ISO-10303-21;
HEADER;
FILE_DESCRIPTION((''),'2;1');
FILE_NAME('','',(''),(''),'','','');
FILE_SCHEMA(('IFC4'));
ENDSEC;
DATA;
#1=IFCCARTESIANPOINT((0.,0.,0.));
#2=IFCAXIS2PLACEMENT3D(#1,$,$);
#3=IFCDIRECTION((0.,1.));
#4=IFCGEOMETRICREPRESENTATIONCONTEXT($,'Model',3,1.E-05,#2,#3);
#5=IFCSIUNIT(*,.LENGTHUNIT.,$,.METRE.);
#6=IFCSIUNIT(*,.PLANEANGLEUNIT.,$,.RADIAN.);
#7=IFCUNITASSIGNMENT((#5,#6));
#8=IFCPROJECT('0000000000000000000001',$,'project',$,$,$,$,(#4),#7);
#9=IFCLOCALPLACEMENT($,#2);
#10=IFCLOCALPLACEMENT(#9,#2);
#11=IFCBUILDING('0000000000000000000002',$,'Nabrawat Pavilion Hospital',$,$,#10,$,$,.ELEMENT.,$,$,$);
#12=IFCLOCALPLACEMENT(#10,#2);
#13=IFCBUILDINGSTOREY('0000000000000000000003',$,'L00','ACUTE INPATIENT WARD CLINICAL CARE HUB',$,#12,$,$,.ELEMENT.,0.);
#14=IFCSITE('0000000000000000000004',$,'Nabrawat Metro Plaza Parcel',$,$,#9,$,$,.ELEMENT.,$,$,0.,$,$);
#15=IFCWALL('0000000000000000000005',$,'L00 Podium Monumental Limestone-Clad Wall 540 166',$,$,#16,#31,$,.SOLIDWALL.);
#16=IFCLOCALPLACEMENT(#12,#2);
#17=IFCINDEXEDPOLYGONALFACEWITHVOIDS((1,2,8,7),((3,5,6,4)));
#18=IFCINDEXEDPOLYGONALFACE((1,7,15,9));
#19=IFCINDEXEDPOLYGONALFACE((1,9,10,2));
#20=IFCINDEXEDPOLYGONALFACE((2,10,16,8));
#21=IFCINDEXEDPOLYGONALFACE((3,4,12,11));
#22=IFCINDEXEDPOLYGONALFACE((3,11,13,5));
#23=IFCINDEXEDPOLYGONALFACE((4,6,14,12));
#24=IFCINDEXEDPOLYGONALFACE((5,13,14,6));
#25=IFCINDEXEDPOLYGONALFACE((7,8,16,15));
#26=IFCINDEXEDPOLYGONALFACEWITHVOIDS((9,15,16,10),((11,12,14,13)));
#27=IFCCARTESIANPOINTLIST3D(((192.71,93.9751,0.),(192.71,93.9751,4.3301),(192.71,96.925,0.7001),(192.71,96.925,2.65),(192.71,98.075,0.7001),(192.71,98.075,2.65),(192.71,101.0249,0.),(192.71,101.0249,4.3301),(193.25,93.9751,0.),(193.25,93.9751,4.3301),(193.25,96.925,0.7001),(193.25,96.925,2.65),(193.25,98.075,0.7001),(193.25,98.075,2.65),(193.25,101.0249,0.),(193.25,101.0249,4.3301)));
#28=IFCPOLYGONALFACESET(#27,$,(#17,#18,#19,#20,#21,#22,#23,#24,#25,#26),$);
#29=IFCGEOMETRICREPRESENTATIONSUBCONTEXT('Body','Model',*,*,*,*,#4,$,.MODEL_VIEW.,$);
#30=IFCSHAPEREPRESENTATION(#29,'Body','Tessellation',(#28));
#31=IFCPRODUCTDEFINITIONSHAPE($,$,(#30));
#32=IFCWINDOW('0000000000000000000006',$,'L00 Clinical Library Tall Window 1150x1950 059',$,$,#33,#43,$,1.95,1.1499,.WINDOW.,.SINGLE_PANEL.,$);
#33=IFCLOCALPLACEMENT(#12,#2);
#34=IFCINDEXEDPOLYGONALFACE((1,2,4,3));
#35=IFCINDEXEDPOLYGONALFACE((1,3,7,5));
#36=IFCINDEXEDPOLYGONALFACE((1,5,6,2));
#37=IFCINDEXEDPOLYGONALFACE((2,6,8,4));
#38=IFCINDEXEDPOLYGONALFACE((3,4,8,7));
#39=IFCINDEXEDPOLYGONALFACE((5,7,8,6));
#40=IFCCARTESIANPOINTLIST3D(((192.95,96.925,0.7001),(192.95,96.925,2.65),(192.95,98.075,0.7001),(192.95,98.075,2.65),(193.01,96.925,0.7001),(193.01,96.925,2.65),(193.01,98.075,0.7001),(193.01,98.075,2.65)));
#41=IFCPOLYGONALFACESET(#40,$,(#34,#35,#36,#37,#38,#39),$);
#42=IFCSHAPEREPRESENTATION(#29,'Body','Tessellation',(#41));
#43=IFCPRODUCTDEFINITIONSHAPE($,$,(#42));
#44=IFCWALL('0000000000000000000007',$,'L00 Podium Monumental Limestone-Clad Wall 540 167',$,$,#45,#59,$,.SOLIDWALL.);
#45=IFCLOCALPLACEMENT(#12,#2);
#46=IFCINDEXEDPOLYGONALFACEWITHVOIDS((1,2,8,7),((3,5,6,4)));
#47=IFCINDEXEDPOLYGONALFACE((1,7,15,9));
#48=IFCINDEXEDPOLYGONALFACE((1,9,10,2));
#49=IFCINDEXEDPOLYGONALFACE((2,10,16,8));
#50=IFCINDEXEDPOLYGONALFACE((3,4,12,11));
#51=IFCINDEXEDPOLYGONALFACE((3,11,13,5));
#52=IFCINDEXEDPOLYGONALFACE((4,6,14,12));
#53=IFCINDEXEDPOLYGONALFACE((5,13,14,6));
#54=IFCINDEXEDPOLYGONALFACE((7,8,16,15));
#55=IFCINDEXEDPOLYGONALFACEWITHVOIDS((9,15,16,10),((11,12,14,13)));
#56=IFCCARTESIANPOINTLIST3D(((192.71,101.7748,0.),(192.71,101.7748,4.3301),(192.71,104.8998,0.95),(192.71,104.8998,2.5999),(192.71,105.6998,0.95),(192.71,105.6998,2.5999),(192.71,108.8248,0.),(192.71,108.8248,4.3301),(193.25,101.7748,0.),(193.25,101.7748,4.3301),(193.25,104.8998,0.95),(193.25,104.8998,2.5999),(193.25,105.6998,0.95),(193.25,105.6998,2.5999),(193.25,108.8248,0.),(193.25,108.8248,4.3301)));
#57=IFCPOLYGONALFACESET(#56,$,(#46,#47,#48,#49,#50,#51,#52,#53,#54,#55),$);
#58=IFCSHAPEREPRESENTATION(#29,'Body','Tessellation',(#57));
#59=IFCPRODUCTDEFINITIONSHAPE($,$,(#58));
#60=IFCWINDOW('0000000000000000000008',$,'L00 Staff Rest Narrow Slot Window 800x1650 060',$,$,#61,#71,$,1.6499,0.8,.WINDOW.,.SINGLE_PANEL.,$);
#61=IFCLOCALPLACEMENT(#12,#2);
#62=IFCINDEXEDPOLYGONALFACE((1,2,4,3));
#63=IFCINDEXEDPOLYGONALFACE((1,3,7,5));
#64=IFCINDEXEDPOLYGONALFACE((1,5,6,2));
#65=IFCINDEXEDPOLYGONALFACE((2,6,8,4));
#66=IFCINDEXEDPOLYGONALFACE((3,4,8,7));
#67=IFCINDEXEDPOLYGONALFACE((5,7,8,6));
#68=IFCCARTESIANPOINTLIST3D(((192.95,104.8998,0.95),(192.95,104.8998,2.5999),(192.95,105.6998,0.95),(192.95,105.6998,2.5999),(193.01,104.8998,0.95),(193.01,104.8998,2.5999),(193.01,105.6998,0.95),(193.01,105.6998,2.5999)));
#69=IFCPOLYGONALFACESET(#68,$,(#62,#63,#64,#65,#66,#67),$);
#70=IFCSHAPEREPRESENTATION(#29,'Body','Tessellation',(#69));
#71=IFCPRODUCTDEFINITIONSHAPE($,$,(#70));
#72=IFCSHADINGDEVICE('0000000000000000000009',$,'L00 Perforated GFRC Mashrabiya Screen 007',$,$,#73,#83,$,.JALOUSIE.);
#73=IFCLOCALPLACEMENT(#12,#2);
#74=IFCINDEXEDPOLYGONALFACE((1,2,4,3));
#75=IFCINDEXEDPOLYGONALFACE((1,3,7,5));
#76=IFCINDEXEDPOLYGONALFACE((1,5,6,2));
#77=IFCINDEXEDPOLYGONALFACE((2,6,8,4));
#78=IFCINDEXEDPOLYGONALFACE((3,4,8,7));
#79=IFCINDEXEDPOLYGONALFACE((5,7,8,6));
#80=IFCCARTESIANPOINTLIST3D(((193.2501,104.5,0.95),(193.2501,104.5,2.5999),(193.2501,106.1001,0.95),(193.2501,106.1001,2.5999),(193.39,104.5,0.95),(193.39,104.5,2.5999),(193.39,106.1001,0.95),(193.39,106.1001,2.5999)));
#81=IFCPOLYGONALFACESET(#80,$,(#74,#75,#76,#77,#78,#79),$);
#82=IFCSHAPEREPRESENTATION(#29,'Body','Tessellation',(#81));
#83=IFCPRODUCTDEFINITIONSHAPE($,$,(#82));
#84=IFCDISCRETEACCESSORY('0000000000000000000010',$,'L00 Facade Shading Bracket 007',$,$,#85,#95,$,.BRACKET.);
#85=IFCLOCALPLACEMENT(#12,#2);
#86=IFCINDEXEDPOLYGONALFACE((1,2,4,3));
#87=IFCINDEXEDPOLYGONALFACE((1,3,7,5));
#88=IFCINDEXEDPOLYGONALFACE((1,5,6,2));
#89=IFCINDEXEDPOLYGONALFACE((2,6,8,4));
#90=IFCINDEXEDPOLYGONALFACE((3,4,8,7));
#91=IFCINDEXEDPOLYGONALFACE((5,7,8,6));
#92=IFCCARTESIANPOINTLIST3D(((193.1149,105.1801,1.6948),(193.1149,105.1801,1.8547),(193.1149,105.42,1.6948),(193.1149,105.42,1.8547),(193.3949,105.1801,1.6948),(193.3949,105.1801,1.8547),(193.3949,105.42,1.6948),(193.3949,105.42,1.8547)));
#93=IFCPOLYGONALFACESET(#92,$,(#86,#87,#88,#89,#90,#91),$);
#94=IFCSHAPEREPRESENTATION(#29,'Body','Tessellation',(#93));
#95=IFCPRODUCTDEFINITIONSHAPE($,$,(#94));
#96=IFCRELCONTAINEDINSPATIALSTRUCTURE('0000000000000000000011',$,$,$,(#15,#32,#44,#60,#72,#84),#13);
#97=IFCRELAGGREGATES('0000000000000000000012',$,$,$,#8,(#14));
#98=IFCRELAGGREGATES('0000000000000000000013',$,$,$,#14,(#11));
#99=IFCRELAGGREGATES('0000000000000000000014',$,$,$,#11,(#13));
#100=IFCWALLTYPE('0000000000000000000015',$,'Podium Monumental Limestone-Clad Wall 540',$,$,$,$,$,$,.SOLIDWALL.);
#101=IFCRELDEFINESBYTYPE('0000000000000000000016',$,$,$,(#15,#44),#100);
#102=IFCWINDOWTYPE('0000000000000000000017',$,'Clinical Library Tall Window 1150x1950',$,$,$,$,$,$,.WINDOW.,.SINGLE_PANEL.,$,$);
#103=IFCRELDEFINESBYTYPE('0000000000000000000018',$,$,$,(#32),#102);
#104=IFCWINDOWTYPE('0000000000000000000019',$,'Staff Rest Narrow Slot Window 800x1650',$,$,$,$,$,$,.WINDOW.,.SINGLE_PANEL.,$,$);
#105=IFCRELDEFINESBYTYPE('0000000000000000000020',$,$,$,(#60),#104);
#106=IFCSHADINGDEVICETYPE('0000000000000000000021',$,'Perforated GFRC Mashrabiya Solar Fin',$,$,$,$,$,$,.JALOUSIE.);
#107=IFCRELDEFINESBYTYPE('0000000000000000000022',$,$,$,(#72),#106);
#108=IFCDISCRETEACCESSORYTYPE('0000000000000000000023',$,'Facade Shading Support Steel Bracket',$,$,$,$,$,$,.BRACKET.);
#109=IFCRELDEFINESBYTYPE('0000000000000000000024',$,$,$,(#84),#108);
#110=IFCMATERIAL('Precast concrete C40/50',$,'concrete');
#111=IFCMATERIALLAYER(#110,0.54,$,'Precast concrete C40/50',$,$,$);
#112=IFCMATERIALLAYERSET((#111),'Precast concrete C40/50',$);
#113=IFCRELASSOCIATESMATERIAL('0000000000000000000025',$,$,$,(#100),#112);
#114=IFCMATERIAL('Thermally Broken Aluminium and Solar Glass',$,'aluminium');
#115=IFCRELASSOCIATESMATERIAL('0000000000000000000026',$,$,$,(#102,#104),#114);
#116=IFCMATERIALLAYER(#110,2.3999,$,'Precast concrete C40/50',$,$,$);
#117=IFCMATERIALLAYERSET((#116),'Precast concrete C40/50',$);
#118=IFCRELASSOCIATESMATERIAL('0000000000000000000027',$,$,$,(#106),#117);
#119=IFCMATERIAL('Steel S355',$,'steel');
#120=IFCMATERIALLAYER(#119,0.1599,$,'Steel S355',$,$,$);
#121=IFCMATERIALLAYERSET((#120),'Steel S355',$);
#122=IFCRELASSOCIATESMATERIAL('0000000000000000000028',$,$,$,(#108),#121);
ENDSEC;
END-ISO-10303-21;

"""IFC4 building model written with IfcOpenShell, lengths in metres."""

from ifc_helpers import new_model, si_unit, direction, frame, frame_2d, origin, origin_2d, place, context, subcontext, project, spatial, rectangle, extrude, material, layer, layer_set, type_object, element, fill, save


model = new_model("IFC4")

# Units and contexts
model_context = context("Model", 3, precision=1e-05, world=origin(), true_north=direction((0.0, 1.0)))
body_context = subcontext(model_context, "Body", "Model", "MODEL_VIEW")
ifc_project = project(units=[si_unit("LENGTHUNIT", "METRE"), si_unit("PLANEANGLEUNIT", "RADIAN")], contexts=[model_context])

# Site, building, storey
site_placement = place(None, origin())
site = spatial("IfcSite", under=ifc_project, at=site_placement, Name="Nabrawat Metro Plaza Parcel", CompositionType="ELEMENT", RefElevation=0.0)
building_placement = place(site_placement, origin())
building = spatial("IfcBuilding", under=site, at=building_placement, Name="Nabrawat Pavilion Hospital", CompositionType="ELEMENT")
storey_placement = place(building_placement, origin())
storey = spatial("IfcBuildingStorey", under=building, at=storey_placement, Name="L00", Description="ACUTE INPATIENT WARD CLINICAL CARE HUB", CompositionType="ELEMENT", Elevation=0.0)

# Shared definitions
ifc_material_1 = material(Name="Steel S355", Category="steel")

# Shared definitions
ifc_material_2 = material(Name="Precast concrete C40/50", Category="concrete")
ifc_layer_1 = layer(ifc_material_2, 0.54, Name="Precast concrete C40/50")
ifc_layer_set_1 = layer_set([ifc_layer_1], Name="Precast concrete C40/50")
wall_type_1 = type_object("IfcWallType", Name="Podium Monumental Limestone-Clad Wall 540", PredefinedType="SOLIDWALL", material=ifc_layer_set_1)

# Walls, openings, windows
wall_1_placement = place(storey_placement, frame((192.98, 93.9751, 0.0), z_axis=(0.0, 0.0, 1.0), x_axis=(0.0, 1.0, 0.0)))
wall_1 = element("IfcWall", 1, at=wall_1_placement, inside=storey, type_object=wall_type_1, Name="L00 Podium Monumental Limestone-Clad Wall 540 166", PredefinedType="SOLIDWALL", context=body_context, shape_type="SweptSolid", body=[
    extrude(rectangle(XDim=7.0498, YDim=0.54, at=frame_2d((3.5249, 0.0))), origin(), (0.0, 0.0, 1.0), 4.3301),
])
opening_1_placement = place(wall_1_placement, frame((2.95, 0.0, 0.7)))
opening_1 = element("IfcOpeningElement", 2, at=opening_1_placement, cuts=wall_1, PredefinedType="OPENING", context=body_context, shape_type="SweptSolid", body=[
    extrude(rectangle(XDim=1.1499, YDim=1.95, at=frame_2d((0.575, 0.9751))), frame((0.0, 0.28, 0.0), z_axis=(0.0, -1.0, 0.0), x_axis=(1.0, 0.0, 0.0)), (0.0, 0.0, 1.0), 0.5601),
])
ifc_material_3 = material(Name="Thermally Broken Aluminium and Solar Glass", Category="aluminium")
window_type_1 = type_object("IfcWindowType", Name="Clinical Library Tall Window 1150x1950", PartitioningType="SINGLE_PANEL", PredefinedType="WINDOW", material=ifc_material_3)
window_1_placement = place(opening_1_placement, origin())
window_1 = element("IfcWindow", 3, at=window_1_placement, inside=storey, type_object=window_type_1, Name="L00 Clinical Library Tall Window 1150x1950 059", OverallHeight=1.95, OverallWidth=1.1499, PartitioningType="SINGLE_PANEL", PredefinedType="WINDOW", context=body_context, shape_type="SweptSolid", body=[
    extrude(rectangle(XDim=1.1499, YDim=1.95, at=frame_2d((0.575, 0.9751))), frame((0.0, 0.03, 0.0), z_axis=(0.0, -1.0, 0.0), x_axis=(1.0, 0.0, 0.0)), (0.0, 0.0, 1.0), 0.0601),
])
fill(opening_1, window_1)
wall_2_placement = place(storey_placement, frame((192.98, 101.7749, 0.0), z_axis=(0.0, 0.0, 1.0), x_axis=(0.0, 1.0, 0.0)))
wall_2 = element("IfcWall", 4, at=wall_2_placement, inside=storey, type_object=wall_type_1, Name="L00 Podium Monumental Limestone-Clad Wall 540 167", PredefinedType="SOLIDWALL", context=body_context, shape_type="SweptSolid", body=[
    extrude(rectangle(XDim=7.05, YDim=0.54, at=frame_2d((3.5249, 0.0))), origin(), (0.0, 0.0, 1.0), 4.3301),
])
opening_2_placement = place(wall_2_placement, frame((3.125, 0.0, 0.95)))
opening_2 = element("IfcOpeningElement", 5, at=opening_2_placement, cuts=wall_2, PredefinedType="OPENING", context=body_context, shape_type="SweptSolid", body=[
    extrude(rectangle(XDim=0.8, YDim=1.6499, at=frame_2d((0.3999, 0.825))), frame((0.0, 0.28, 0.0), z_axis=(0.0, -1.0, 0.0), x_axis=(1.0, 0.0, 0.0)), (0.0, 0.0, 1.0), 0.5601),
])
window_type_2 = type_object("IfcWindowType", Name="Staff Rest Narrow Slot Window 800x1650", PartitioningType="SINGLE_PANEL", PredefinedType="WINDOW", material=ifc_material_3)
window_2_placement = place(opening_2_placement, origin())
window_2 = element("IfcWindow", 6, at=window_2_placement, inside=storey, type_object=window_type_2, Name="L00 Staff Rest Narrow Slot Window 800x1650 060", OverallHeight=1.6499, OverallWidth=0.8, PartitioningType="SINGLE_PANEL", PredefinedType="WINDOW", context=body_context, shape_type="SweptSolid", body=[
    extrude(rectangle(XDim=0.8, YDim=1.6499, at=frame_2d((0.3999, 0.825))), frame((0.0, 0.03, 0.0), z_axis=(0.0, -1.0, 0.0), x_axis=(1.0, 0.0, 0.0)), (0.0, 0.0, 1.0), 0.0601),
])
fill(opening_2, window_2)

# Shading device
ifc_layer_2 = layer(ifc_material_2, 2.3999, Name="Precast concrete C40/50")
ifc_layer_set_2 = layer_set([ifc_layer_2], Name="Precast concrete C40/50")
shading_device_type = type_object("IfcShadingDeviceType", Name="Perforated GFRC Mashrabiya Solar Fin", PredefinedType="JALOUSIE", material=ifc_layer_set_2)
shading_device_placement = place(storey_placement, frame((193.3201, 105.3, 0.95), z_axis=(0.0, 0.0, 1.0), x_axis=(0.0, 1.0, 0.0)))
element("IfcShadingDevice", 7, at=shading_device_placement, inside=storey, type_object=shading_device_type, Name="L00 Perforated GFRC Mashrabiya Screen 007", PredefinedType="JALOUSIE", context=body_context, shape_type="SweptSolid", body=[
    extrude(rectangle(XDim=1.6001, YDim=0.1399, at=origin_2d()), origin(), (0.0, 0.0, 1.0), 1.6499),
])

# Discrete accessory
ifc_layer_3 = layer(ifc_material_1, 0.1599, Name="Steel S355")
ifc_layer_set_3 = layer_set([ifc_layer_3], Name="Steel S355")
discrete_accessory_type = type_object("IfcDiscreteAccessoryType", Name="Facade Shading Support Steel Bracket", PredefinedType="BRACKET", material=ifc_layer_set_3)
discrete_accessory_placement = place(storey_placement, frame((193.2549, 105.3, 1.6948), z_axis=(0.0, 0.0, 1.0), x_axis=(0.0, 1.0, 0.0)))
element("IfcDiscreteAccessory", 8, at=discrete_accessory_placement, inside=storey, type_object=discrete_accessory_type, Name="L00 Facade Shading Bracket 007", PredefinedType="BRACKET", context=body_context, shape_type="SweptSolid", body=[
    extrude(rectangle(XDim=0.24, YDim=0.28, at=origin_2d()), origin(), (0.0, 0.0, 1.0), 0.1599),
])

save(model, "model.ifc")
